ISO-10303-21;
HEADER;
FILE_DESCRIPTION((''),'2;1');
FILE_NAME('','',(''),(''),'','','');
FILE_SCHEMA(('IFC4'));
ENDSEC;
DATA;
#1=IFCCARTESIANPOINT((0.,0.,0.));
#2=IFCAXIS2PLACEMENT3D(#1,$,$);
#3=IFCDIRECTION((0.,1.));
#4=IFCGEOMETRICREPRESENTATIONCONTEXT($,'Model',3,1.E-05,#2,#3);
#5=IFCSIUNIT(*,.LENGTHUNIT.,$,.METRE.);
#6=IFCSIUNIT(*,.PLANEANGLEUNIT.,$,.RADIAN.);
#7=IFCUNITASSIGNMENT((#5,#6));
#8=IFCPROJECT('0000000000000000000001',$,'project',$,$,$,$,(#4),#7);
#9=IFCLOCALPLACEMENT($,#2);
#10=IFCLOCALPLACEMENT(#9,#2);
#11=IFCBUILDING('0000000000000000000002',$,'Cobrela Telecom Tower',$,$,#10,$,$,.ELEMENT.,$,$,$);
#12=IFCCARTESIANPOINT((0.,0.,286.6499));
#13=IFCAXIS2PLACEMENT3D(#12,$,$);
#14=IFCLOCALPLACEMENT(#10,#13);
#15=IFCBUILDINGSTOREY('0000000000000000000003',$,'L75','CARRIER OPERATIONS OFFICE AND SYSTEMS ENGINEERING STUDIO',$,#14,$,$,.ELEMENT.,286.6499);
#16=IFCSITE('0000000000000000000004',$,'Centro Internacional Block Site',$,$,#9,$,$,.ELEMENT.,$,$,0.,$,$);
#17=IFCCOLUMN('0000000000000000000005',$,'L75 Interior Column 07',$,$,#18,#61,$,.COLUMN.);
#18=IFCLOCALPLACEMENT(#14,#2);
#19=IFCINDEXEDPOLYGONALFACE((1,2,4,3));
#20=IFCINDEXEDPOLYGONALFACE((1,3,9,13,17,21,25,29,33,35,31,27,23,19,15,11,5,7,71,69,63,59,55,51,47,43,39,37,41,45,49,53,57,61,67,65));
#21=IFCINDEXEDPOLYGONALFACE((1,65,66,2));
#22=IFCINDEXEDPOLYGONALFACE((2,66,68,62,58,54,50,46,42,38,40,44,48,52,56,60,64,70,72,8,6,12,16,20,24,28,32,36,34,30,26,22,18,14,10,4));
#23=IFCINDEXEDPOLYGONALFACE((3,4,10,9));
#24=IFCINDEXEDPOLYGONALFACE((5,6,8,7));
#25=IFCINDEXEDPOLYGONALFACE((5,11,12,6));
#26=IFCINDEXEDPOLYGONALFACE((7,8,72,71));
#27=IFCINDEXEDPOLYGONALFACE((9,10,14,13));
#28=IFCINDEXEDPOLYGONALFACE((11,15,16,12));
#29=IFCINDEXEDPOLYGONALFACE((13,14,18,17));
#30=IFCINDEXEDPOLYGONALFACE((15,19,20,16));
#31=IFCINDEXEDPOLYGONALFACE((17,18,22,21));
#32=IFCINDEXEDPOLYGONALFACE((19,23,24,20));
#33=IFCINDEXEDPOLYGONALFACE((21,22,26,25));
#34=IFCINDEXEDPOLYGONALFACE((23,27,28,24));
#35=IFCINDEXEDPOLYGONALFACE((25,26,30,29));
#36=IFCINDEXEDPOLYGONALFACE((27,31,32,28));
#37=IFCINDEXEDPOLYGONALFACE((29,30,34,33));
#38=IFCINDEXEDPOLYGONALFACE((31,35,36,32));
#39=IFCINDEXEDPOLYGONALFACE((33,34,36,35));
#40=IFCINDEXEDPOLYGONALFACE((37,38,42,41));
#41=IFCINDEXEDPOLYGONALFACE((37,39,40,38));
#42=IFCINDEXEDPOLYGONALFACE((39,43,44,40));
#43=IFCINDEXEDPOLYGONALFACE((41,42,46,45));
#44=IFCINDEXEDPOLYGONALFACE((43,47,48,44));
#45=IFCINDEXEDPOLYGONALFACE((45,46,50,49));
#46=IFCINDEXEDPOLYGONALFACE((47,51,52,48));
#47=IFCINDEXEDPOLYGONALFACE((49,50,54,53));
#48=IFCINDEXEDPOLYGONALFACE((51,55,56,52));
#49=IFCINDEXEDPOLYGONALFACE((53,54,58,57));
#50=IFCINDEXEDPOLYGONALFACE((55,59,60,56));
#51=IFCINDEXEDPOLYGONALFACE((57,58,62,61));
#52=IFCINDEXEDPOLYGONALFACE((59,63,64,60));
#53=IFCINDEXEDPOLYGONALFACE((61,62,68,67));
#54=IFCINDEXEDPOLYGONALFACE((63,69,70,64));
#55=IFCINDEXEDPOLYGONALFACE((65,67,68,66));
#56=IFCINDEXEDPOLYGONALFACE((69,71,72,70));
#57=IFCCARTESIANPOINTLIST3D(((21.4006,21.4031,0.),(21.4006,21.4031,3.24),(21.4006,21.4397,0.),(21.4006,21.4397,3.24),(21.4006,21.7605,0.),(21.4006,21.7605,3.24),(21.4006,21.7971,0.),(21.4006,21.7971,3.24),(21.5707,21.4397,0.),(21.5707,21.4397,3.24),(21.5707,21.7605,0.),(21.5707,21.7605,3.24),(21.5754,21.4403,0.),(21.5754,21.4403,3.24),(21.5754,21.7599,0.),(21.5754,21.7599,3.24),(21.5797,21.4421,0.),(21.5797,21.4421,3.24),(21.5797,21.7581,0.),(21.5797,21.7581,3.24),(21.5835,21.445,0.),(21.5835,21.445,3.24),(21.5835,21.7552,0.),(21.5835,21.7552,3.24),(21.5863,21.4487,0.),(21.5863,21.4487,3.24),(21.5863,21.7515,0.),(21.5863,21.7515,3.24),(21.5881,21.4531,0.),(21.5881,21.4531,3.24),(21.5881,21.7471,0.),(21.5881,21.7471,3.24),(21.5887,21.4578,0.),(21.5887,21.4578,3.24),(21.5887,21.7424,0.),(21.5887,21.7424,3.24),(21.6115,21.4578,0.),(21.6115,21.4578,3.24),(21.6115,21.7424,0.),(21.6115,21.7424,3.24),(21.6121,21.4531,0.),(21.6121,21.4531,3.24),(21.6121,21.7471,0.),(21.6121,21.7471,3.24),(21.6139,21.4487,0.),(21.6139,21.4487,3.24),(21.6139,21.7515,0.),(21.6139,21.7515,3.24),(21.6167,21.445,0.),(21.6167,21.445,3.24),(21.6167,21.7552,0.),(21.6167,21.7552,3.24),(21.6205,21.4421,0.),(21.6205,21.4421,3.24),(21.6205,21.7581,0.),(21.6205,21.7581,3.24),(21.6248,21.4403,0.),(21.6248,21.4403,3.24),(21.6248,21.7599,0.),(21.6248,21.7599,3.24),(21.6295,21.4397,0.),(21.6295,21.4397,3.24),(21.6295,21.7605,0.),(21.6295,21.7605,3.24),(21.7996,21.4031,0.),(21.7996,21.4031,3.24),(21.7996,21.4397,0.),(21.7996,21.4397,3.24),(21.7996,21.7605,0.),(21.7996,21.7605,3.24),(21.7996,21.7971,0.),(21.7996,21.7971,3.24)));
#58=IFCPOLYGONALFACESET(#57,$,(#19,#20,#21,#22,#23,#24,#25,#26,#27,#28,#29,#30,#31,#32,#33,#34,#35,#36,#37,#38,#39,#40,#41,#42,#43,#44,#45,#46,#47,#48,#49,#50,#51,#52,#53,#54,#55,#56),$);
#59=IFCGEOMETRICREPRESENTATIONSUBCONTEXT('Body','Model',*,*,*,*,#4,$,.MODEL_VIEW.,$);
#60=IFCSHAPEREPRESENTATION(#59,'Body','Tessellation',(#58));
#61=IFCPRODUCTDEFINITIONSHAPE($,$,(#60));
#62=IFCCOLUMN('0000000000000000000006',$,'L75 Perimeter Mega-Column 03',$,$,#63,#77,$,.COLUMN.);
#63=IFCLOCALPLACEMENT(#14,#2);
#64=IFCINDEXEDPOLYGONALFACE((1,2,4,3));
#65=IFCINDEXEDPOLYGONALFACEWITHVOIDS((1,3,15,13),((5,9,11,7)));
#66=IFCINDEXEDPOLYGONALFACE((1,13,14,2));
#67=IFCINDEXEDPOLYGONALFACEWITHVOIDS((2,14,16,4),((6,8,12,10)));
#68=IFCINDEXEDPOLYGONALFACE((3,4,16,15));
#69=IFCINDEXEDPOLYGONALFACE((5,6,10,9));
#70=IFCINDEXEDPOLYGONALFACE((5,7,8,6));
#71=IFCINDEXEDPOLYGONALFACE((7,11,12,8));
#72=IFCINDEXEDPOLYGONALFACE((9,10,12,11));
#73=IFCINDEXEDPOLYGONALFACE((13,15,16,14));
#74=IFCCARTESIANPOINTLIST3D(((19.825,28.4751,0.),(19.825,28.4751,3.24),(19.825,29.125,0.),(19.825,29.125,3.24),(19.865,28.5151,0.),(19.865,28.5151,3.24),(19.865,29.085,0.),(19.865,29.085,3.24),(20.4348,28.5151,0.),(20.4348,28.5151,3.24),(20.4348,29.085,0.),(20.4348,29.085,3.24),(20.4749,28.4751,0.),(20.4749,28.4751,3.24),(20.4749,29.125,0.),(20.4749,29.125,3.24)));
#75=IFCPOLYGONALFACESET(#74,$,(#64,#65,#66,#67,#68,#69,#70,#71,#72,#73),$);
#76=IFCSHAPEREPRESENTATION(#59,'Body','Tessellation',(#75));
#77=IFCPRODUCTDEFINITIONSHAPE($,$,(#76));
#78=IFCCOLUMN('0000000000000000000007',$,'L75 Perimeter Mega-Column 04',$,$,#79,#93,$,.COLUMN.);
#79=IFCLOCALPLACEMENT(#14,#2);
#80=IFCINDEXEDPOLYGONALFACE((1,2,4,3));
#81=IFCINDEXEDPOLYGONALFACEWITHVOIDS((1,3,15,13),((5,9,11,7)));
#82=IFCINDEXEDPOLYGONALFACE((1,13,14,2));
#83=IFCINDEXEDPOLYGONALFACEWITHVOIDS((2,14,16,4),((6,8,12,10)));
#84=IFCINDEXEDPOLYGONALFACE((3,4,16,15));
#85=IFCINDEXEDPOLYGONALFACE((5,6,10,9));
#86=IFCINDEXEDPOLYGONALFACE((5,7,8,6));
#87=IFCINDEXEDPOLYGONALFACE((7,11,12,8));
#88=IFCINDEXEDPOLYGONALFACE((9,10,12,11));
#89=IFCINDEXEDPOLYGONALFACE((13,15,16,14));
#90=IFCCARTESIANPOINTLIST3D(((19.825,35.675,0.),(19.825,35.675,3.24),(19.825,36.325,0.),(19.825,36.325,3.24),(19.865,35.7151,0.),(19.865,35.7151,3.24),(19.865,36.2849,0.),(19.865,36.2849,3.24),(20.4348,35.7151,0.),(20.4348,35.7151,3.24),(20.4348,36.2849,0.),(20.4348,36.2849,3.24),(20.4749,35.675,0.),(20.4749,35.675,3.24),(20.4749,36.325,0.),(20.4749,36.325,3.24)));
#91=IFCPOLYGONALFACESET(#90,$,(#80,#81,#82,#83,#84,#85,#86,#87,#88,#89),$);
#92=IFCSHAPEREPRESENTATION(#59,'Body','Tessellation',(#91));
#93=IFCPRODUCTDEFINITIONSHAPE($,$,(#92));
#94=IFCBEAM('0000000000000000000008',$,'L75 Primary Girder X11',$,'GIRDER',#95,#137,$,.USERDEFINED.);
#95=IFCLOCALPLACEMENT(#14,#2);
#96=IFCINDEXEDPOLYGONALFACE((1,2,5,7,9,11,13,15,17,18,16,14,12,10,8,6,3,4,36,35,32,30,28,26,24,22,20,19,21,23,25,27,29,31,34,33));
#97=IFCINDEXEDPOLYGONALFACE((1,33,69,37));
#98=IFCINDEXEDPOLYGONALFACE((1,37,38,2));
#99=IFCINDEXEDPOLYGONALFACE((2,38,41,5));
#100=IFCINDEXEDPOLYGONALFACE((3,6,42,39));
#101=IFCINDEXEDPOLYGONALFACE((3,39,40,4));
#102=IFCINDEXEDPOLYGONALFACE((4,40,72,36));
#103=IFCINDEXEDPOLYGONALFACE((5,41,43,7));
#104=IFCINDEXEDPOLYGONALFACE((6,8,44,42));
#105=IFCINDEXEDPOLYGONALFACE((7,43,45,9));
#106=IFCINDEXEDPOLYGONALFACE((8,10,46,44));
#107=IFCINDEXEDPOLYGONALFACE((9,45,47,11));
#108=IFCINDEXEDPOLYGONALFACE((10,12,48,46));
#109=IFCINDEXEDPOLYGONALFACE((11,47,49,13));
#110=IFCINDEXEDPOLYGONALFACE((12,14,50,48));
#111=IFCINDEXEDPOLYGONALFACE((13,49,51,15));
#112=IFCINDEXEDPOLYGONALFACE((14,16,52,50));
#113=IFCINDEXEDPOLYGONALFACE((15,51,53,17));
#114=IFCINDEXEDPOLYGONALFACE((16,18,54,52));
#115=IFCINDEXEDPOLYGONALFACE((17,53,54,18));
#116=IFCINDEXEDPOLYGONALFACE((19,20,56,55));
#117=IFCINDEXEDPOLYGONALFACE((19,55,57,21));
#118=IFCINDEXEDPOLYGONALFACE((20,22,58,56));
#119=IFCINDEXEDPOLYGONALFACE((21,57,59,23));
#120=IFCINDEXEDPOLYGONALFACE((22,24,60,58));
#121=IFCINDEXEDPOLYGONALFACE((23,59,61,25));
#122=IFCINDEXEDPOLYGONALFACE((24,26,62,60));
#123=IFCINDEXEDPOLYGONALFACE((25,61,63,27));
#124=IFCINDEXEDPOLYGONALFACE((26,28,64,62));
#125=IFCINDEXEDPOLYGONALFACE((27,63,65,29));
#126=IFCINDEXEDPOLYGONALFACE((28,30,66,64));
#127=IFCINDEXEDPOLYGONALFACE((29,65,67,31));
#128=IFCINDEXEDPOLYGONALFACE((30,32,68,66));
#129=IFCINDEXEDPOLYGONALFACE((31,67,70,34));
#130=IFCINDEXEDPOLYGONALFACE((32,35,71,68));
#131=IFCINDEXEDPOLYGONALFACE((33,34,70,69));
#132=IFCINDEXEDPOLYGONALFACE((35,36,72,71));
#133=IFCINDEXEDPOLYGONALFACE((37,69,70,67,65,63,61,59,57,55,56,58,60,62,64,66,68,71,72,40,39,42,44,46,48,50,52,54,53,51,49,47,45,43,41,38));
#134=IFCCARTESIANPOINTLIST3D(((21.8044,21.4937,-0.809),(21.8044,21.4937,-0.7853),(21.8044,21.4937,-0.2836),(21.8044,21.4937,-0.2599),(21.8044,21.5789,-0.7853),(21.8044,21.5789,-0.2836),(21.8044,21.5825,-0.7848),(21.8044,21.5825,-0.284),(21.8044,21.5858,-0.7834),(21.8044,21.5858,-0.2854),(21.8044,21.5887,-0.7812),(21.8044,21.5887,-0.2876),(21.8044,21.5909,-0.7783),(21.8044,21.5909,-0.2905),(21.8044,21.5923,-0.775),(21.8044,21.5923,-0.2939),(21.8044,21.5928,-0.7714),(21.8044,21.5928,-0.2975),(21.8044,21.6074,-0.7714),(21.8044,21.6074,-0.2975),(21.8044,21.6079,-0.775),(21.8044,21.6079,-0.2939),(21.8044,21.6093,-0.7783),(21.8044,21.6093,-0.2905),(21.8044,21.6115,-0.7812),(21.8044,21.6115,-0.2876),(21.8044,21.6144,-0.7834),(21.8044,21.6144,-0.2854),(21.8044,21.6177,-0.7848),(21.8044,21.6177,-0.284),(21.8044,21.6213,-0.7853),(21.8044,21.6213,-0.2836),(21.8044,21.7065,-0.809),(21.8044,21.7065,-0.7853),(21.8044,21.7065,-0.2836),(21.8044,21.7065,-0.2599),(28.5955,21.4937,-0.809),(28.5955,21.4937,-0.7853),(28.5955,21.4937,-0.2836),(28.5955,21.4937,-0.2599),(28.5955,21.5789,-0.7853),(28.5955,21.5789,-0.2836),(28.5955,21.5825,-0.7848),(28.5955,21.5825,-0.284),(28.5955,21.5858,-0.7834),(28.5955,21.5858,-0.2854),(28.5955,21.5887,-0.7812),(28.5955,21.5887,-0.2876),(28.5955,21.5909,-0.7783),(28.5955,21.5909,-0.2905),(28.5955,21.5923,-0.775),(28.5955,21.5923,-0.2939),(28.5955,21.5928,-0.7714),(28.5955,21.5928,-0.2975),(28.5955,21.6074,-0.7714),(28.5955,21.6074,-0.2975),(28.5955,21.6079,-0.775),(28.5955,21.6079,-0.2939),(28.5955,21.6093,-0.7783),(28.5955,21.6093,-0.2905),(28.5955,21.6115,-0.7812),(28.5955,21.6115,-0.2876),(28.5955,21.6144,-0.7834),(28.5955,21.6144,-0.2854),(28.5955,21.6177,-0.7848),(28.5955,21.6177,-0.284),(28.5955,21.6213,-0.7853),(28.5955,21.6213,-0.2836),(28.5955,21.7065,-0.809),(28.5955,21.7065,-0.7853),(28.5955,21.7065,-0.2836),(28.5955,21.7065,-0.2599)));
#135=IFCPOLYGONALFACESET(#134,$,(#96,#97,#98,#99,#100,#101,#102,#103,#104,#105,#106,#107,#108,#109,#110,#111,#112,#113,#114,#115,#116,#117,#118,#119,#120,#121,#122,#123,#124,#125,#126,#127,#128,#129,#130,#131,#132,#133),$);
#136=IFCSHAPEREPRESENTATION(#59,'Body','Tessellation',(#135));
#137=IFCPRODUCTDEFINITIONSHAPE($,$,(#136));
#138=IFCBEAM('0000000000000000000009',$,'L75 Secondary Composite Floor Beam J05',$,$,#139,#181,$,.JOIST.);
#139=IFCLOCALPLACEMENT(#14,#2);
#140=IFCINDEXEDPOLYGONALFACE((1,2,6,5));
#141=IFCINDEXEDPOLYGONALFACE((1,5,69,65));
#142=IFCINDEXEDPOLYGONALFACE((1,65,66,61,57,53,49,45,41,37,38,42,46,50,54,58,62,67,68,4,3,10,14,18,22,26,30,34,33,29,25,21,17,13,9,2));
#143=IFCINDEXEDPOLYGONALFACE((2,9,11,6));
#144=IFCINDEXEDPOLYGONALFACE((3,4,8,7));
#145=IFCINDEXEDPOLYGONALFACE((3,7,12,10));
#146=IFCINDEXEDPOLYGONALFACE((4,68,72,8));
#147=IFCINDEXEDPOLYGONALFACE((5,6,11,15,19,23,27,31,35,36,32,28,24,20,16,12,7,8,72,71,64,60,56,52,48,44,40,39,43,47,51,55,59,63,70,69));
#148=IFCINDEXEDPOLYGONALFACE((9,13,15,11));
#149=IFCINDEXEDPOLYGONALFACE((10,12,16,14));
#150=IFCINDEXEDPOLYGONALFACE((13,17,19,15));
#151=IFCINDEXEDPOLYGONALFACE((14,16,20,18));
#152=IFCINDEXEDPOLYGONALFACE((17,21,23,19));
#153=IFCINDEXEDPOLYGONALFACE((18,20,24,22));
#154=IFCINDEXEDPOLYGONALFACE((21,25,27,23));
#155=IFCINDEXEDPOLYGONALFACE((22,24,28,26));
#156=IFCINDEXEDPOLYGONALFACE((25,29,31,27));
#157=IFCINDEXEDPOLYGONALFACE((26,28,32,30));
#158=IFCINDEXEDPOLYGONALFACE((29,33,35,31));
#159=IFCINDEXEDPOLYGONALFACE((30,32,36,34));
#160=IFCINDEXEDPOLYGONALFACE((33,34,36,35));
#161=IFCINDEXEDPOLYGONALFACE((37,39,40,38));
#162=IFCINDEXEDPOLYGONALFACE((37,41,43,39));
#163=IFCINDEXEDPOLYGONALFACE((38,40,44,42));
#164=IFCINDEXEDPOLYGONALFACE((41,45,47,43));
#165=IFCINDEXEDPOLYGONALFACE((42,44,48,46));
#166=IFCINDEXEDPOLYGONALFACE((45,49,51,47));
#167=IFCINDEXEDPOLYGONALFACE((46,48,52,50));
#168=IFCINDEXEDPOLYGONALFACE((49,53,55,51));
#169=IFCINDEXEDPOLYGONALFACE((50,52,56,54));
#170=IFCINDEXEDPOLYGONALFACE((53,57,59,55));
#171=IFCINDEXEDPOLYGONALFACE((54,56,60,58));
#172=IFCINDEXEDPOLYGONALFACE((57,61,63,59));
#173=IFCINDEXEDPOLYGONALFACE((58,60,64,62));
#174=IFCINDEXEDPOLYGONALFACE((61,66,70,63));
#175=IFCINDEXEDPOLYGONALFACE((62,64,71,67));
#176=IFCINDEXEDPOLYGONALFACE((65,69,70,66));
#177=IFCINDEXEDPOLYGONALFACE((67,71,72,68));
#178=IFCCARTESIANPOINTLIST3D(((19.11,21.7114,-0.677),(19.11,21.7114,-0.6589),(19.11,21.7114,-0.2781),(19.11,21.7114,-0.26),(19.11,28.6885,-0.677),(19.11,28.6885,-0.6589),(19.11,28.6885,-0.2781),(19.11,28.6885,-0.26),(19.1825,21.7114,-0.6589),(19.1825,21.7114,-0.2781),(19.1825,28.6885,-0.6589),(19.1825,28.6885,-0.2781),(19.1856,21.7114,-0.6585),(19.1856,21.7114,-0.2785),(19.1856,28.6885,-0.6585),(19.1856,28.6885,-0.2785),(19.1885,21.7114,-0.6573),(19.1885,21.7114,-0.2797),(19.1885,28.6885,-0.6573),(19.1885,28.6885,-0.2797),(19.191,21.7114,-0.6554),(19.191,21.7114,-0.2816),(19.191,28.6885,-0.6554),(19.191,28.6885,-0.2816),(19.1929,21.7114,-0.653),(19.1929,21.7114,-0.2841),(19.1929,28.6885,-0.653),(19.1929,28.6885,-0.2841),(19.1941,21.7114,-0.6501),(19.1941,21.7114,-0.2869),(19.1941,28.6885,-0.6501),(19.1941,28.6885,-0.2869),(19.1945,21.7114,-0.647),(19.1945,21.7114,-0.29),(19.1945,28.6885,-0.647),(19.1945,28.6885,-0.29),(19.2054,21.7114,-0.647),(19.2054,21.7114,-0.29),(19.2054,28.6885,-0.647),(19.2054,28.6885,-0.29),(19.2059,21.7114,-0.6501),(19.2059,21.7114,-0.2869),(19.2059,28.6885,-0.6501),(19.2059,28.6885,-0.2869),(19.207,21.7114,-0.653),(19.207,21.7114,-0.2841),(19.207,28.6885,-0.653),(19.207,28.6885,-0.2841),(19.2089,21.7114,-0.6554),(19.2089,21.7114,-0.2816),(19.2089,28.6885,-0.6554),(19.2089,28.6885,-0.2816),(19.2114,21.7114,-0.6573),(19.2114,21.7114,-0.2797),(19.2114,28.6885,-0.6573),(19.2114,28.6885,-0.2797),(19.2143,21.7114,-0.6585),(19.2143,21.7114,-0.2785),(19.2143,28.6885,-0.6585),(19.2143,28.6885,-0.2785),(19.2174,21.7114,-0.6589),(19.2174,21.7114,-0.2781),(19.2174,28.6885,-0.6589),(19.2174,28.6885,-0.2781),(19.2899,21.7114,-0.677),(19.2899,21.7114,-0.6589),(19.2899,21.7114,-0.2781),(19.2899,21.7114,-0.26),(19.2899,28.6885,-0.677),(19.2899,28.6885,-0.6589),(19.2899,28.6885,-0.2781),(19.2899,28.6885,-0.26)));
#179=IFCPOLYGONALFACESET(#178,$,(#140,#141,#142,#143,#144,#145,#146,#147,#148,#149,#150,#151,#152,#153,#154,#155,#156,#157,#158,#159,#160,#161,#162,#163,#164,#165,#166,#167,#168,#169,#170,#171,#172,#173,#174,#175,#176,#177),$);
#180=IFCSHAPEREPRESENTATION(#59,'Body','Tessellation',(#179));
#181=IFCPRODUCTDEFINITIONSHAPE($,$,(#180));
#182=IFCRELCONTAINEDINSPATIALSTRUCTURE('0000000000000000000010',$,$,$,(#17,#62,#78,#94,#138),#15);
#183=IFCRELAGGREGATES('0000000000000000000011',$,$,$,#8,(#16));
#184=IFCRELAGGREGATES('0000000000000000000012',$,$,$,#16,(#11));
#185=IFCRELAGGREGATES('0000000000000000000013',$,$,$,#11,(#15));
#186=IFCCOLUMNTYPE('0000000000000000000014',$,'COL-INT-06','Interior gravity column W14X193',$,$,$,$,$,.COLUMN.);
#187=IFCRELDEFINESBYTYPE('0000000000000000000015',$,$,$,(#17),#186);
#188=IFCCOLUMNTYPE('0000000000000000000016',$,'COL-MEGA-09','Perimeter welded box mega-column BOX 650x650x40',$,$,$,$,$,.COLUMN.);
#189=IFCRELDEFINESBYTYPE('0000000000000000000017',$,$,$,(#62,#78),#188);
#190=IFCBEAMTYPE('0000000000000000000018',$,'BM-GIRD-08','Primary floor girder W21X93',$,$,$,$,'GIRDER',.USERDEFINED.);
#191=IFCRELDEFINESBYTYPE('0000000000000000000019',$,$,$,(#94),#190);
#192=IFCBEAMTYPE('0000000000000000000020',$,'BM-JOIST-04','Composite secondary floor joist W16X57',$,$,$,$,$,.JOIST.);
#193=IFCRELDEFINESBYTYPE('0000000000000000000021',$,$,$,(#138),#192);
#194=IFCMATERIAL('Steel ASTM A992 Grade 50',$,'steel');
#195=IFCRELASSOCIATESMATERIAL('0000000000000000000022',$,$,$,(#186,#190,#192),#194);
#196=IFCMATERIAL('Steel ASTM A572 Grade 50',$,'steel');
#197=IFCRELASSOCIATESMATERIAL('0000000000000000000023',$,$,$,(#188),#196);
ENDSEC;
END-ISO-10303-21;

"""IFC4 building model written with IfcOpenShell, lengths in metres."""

from ifc_helpers import new_model, si_unit, direction, frame, origin, origin_2d, place, context, subcontext, project, spatial, hollow_rectangle, i_section, extrude, material, material_profile, profile_set, type_object, element, save


model = new_model("IFC4")

# Units and contexts
model_context = context("Model", 3, precision=1e-05, world=origin(), true_north=direction((0.0, 1.0)))
body_context = subcontext(model_context, "Body", "Model", "MODEL_VIEW")
ifc_project = project(units=[si_unit("LENGTHUNIT", "METRE"), si_unit("PLANEANGLEUNIT", "RADIAN")], contexts=[model_context])

# Site, building, storey
site_placement = place(None, origin())
site = spatial("IfcSite", under=ifc_project, at=site_placement, Name="Centro Internacional Block Site", CompositionType="ELEMENT", RefElevation=0.0)
building_placement = place(site_placement, origin())
building = spatial("IfcBuilding", under=site, at=building_placement, Name="Cobrela Telecom Tower", CompositionType="ELEMENT")
storey_placement = place(building_placement, frame((0.0, 0.0, 286.6499)))
storey = spatial("IfcBuildingStorey", under=building, at=storey_placement, Name="L75", Description="CARRIER OPERATIONS OFFICE AND SYSTEMS ENGINEERING STUDIO", CompositionType="ELEMENT", Elevation=286.6499)

# Columns
ifc_material_1 = material(Name="Steel ASTM A992 Grade 50", Category="steel")
ifc_material_profile_1 = material_profile(ifc_material_1, i_section(OverallWidth=0.3989, OverallDepth=0.394, WebThickness=0.0227, FlangeThickness=0.0366, FilletRadius=0.0181, at=origin_2d()), Name="W14X193")
ifc_profile_set_1 = profile_set([ifc_material_profile_1], Name="Steel ASTM A992 Grade 50")
column_type_1 = type_object("IfcColumnType", Name="COL-INT-06", Description="Interior gravity column W14X193", PredefinedType="COLUMN", material=ifc_profile_set_1)
column_placement = place(storey_placement, frame((21.6001, 21.6001, 0.0), z_axis=(0.0, 0.0, 1.0), x_axis=(1.0, 0.0, 0.0)))
element("IfcColumn", 1, at=column_placement, inside=storey, type_object=column_type_1, Name="L75 Interior Column 07", PredefinedType="COLUMN", context=body_context, shape_type="SweptSolid", body=[
    extrude(i_section(OverallWidth=0.3989, OverallDepth=0.394, WebThickness=0.0227, FlangeThickness=0.0366, FilletRadius=0.0181, at=origin_2d()), origin(), (0.0, 0.0, 1.0), 3.24),
])
ifc_material_2 = material(Name="Steel ASTM A572 Grade 50", Category="steel")
ifc_material_profile_2 = material_profile(ifc_material_2, hollow_rectangle(XDim=0.6499, YDim=0.6499, WallThickness=0.04, at=origin_2d()), Name="BOX 650x650x40")
ifc_profile_set_2 = profile_set([ifc_material_profile_2], Name="Steel ASTM A572 Grade 50")
column_type_2 = type_object("IfcColumnType", Name="COL-MEGA-09", Description="Perimeter welded box mega-column BOX 650x650x40", PredefinedType="COLUMN", material=ifc_profile_set_2)
for number, where, z_axis, x_axis, name in (
    (2, (20.1499, 28.8, 0.0), (0.0, 0.0, 1.0), (1.0, 0.0, 0.0), "L75 Perimeter Mega-Column 03"),
    (3, (20.1499, 36.0, 0.0), (0.0, 0.0, 1.0), (1.0, 0.0, 0.0), "L75 Perimeter Mega-Column 04"),
):
    element("IfcColumn", number, at=place(storey_placement, frame(where, z_axis=z_axis, x_axis=x_axis)), inside=storey, type_object=column_type_2, Name=name, PredefinedType="COLUMN", context=body_context, shape_type="SweptSolid", body=[
        extrude(hollow_rectangle(XDim=0.6499, YDim=0.6499, WallThickness=0.04, at=origin_2d()), origin(), (0.0, 0.0, 1.0), 3.24),
    ])

# Beams
ifc_material_profile_3 = material_profile(ifc_material_1, i_section(OverallWidth=0.2129, OverallDepth=0.5491, WebThickness=0.0146, FlangeThickness=0.0237, FilletRadius=0.0139, at=origin_2d()), Name="W21X93")
ifc_profile_set_3 = profile_set([ifc_material_profile_3], Name="Steel ASTM A992 Grade 50")
beam_type_1 = type_object("IfcBeamType", Name="BM-GIRD-08", Description="Primary floor girder W21X93", ElementType="GIRDER", PredefinedType="USERDEFINED", material=ifc_profile_set_3)
beam_1_placement = place(storey_placement, frame((21.8044, 21.6001, -0.5344), z_axis=(1.0, 0.0, 0.0), x_axis=(0.0, 1.0, 0.0)))
element("IfcBeam", 4, at=beam_1_placement, inside=storey, type_object=beam_type_1, Name="L75 Primary Girder X11", ObjectType="GIRDER", PredefinedType="USERDEFINED", context=body_context, shape_type="SweptSolid", body=[
    extrude(i_section(OverallWidth=0.2129, OverallDepth=0.5491, WebThickness=0.0146, FlangeThickness=0.0237, FilletRadius=0.0139, at=origin_2d()), origin(), (0.0, 0.0, 1.0), 6.791),
])
ifc_material_profile_4 = material_profile(ifc_material_1, i_section(OverallWidth=0.1799, OverallDepth=0.417, WebThickness=0.011, FlangeThickness=0.0181, FilletRadius=0.012, at=origin_2d()), Name="W16X57")
ifc_profile_set_4 = profile_set([ifc_material_profile_4], Name="Steel ASTM A992 Grade 50")
beam_type_2 = type_object("IfcBeamType", Name="BM-JOIST-04", Description="Composite secondary floor joist W16X57", PredefinedType="JOIST", material=ifc_profile_set_4)
beam_2_placement = place(storey_placement, frame((19.2, 21.7114, -0.4685), z_axis=(0.0, 1.0, 0.0), x_axis=(-1.0, 0.0, 0.0)))
element("IfcBeam", 5, at=beam_2_placement, inside=storey, type_object=beam_type_2, Name="L75 Secondary Composite Floor Beam J05", PredefinedType="JOIST", context=body_context, shape_type="SweptSolid", body=[
    extrude(i_section(OverallWidth=0.1799, OverallDepth=0.417, WebThickness=0.011, FlangeThickness=0.0181, FilletRadius=0.012, at=origin_2d()), origin(), (0.0, 0.0, 1.0), 6.9771),
])

save(model, "model.ifc")
